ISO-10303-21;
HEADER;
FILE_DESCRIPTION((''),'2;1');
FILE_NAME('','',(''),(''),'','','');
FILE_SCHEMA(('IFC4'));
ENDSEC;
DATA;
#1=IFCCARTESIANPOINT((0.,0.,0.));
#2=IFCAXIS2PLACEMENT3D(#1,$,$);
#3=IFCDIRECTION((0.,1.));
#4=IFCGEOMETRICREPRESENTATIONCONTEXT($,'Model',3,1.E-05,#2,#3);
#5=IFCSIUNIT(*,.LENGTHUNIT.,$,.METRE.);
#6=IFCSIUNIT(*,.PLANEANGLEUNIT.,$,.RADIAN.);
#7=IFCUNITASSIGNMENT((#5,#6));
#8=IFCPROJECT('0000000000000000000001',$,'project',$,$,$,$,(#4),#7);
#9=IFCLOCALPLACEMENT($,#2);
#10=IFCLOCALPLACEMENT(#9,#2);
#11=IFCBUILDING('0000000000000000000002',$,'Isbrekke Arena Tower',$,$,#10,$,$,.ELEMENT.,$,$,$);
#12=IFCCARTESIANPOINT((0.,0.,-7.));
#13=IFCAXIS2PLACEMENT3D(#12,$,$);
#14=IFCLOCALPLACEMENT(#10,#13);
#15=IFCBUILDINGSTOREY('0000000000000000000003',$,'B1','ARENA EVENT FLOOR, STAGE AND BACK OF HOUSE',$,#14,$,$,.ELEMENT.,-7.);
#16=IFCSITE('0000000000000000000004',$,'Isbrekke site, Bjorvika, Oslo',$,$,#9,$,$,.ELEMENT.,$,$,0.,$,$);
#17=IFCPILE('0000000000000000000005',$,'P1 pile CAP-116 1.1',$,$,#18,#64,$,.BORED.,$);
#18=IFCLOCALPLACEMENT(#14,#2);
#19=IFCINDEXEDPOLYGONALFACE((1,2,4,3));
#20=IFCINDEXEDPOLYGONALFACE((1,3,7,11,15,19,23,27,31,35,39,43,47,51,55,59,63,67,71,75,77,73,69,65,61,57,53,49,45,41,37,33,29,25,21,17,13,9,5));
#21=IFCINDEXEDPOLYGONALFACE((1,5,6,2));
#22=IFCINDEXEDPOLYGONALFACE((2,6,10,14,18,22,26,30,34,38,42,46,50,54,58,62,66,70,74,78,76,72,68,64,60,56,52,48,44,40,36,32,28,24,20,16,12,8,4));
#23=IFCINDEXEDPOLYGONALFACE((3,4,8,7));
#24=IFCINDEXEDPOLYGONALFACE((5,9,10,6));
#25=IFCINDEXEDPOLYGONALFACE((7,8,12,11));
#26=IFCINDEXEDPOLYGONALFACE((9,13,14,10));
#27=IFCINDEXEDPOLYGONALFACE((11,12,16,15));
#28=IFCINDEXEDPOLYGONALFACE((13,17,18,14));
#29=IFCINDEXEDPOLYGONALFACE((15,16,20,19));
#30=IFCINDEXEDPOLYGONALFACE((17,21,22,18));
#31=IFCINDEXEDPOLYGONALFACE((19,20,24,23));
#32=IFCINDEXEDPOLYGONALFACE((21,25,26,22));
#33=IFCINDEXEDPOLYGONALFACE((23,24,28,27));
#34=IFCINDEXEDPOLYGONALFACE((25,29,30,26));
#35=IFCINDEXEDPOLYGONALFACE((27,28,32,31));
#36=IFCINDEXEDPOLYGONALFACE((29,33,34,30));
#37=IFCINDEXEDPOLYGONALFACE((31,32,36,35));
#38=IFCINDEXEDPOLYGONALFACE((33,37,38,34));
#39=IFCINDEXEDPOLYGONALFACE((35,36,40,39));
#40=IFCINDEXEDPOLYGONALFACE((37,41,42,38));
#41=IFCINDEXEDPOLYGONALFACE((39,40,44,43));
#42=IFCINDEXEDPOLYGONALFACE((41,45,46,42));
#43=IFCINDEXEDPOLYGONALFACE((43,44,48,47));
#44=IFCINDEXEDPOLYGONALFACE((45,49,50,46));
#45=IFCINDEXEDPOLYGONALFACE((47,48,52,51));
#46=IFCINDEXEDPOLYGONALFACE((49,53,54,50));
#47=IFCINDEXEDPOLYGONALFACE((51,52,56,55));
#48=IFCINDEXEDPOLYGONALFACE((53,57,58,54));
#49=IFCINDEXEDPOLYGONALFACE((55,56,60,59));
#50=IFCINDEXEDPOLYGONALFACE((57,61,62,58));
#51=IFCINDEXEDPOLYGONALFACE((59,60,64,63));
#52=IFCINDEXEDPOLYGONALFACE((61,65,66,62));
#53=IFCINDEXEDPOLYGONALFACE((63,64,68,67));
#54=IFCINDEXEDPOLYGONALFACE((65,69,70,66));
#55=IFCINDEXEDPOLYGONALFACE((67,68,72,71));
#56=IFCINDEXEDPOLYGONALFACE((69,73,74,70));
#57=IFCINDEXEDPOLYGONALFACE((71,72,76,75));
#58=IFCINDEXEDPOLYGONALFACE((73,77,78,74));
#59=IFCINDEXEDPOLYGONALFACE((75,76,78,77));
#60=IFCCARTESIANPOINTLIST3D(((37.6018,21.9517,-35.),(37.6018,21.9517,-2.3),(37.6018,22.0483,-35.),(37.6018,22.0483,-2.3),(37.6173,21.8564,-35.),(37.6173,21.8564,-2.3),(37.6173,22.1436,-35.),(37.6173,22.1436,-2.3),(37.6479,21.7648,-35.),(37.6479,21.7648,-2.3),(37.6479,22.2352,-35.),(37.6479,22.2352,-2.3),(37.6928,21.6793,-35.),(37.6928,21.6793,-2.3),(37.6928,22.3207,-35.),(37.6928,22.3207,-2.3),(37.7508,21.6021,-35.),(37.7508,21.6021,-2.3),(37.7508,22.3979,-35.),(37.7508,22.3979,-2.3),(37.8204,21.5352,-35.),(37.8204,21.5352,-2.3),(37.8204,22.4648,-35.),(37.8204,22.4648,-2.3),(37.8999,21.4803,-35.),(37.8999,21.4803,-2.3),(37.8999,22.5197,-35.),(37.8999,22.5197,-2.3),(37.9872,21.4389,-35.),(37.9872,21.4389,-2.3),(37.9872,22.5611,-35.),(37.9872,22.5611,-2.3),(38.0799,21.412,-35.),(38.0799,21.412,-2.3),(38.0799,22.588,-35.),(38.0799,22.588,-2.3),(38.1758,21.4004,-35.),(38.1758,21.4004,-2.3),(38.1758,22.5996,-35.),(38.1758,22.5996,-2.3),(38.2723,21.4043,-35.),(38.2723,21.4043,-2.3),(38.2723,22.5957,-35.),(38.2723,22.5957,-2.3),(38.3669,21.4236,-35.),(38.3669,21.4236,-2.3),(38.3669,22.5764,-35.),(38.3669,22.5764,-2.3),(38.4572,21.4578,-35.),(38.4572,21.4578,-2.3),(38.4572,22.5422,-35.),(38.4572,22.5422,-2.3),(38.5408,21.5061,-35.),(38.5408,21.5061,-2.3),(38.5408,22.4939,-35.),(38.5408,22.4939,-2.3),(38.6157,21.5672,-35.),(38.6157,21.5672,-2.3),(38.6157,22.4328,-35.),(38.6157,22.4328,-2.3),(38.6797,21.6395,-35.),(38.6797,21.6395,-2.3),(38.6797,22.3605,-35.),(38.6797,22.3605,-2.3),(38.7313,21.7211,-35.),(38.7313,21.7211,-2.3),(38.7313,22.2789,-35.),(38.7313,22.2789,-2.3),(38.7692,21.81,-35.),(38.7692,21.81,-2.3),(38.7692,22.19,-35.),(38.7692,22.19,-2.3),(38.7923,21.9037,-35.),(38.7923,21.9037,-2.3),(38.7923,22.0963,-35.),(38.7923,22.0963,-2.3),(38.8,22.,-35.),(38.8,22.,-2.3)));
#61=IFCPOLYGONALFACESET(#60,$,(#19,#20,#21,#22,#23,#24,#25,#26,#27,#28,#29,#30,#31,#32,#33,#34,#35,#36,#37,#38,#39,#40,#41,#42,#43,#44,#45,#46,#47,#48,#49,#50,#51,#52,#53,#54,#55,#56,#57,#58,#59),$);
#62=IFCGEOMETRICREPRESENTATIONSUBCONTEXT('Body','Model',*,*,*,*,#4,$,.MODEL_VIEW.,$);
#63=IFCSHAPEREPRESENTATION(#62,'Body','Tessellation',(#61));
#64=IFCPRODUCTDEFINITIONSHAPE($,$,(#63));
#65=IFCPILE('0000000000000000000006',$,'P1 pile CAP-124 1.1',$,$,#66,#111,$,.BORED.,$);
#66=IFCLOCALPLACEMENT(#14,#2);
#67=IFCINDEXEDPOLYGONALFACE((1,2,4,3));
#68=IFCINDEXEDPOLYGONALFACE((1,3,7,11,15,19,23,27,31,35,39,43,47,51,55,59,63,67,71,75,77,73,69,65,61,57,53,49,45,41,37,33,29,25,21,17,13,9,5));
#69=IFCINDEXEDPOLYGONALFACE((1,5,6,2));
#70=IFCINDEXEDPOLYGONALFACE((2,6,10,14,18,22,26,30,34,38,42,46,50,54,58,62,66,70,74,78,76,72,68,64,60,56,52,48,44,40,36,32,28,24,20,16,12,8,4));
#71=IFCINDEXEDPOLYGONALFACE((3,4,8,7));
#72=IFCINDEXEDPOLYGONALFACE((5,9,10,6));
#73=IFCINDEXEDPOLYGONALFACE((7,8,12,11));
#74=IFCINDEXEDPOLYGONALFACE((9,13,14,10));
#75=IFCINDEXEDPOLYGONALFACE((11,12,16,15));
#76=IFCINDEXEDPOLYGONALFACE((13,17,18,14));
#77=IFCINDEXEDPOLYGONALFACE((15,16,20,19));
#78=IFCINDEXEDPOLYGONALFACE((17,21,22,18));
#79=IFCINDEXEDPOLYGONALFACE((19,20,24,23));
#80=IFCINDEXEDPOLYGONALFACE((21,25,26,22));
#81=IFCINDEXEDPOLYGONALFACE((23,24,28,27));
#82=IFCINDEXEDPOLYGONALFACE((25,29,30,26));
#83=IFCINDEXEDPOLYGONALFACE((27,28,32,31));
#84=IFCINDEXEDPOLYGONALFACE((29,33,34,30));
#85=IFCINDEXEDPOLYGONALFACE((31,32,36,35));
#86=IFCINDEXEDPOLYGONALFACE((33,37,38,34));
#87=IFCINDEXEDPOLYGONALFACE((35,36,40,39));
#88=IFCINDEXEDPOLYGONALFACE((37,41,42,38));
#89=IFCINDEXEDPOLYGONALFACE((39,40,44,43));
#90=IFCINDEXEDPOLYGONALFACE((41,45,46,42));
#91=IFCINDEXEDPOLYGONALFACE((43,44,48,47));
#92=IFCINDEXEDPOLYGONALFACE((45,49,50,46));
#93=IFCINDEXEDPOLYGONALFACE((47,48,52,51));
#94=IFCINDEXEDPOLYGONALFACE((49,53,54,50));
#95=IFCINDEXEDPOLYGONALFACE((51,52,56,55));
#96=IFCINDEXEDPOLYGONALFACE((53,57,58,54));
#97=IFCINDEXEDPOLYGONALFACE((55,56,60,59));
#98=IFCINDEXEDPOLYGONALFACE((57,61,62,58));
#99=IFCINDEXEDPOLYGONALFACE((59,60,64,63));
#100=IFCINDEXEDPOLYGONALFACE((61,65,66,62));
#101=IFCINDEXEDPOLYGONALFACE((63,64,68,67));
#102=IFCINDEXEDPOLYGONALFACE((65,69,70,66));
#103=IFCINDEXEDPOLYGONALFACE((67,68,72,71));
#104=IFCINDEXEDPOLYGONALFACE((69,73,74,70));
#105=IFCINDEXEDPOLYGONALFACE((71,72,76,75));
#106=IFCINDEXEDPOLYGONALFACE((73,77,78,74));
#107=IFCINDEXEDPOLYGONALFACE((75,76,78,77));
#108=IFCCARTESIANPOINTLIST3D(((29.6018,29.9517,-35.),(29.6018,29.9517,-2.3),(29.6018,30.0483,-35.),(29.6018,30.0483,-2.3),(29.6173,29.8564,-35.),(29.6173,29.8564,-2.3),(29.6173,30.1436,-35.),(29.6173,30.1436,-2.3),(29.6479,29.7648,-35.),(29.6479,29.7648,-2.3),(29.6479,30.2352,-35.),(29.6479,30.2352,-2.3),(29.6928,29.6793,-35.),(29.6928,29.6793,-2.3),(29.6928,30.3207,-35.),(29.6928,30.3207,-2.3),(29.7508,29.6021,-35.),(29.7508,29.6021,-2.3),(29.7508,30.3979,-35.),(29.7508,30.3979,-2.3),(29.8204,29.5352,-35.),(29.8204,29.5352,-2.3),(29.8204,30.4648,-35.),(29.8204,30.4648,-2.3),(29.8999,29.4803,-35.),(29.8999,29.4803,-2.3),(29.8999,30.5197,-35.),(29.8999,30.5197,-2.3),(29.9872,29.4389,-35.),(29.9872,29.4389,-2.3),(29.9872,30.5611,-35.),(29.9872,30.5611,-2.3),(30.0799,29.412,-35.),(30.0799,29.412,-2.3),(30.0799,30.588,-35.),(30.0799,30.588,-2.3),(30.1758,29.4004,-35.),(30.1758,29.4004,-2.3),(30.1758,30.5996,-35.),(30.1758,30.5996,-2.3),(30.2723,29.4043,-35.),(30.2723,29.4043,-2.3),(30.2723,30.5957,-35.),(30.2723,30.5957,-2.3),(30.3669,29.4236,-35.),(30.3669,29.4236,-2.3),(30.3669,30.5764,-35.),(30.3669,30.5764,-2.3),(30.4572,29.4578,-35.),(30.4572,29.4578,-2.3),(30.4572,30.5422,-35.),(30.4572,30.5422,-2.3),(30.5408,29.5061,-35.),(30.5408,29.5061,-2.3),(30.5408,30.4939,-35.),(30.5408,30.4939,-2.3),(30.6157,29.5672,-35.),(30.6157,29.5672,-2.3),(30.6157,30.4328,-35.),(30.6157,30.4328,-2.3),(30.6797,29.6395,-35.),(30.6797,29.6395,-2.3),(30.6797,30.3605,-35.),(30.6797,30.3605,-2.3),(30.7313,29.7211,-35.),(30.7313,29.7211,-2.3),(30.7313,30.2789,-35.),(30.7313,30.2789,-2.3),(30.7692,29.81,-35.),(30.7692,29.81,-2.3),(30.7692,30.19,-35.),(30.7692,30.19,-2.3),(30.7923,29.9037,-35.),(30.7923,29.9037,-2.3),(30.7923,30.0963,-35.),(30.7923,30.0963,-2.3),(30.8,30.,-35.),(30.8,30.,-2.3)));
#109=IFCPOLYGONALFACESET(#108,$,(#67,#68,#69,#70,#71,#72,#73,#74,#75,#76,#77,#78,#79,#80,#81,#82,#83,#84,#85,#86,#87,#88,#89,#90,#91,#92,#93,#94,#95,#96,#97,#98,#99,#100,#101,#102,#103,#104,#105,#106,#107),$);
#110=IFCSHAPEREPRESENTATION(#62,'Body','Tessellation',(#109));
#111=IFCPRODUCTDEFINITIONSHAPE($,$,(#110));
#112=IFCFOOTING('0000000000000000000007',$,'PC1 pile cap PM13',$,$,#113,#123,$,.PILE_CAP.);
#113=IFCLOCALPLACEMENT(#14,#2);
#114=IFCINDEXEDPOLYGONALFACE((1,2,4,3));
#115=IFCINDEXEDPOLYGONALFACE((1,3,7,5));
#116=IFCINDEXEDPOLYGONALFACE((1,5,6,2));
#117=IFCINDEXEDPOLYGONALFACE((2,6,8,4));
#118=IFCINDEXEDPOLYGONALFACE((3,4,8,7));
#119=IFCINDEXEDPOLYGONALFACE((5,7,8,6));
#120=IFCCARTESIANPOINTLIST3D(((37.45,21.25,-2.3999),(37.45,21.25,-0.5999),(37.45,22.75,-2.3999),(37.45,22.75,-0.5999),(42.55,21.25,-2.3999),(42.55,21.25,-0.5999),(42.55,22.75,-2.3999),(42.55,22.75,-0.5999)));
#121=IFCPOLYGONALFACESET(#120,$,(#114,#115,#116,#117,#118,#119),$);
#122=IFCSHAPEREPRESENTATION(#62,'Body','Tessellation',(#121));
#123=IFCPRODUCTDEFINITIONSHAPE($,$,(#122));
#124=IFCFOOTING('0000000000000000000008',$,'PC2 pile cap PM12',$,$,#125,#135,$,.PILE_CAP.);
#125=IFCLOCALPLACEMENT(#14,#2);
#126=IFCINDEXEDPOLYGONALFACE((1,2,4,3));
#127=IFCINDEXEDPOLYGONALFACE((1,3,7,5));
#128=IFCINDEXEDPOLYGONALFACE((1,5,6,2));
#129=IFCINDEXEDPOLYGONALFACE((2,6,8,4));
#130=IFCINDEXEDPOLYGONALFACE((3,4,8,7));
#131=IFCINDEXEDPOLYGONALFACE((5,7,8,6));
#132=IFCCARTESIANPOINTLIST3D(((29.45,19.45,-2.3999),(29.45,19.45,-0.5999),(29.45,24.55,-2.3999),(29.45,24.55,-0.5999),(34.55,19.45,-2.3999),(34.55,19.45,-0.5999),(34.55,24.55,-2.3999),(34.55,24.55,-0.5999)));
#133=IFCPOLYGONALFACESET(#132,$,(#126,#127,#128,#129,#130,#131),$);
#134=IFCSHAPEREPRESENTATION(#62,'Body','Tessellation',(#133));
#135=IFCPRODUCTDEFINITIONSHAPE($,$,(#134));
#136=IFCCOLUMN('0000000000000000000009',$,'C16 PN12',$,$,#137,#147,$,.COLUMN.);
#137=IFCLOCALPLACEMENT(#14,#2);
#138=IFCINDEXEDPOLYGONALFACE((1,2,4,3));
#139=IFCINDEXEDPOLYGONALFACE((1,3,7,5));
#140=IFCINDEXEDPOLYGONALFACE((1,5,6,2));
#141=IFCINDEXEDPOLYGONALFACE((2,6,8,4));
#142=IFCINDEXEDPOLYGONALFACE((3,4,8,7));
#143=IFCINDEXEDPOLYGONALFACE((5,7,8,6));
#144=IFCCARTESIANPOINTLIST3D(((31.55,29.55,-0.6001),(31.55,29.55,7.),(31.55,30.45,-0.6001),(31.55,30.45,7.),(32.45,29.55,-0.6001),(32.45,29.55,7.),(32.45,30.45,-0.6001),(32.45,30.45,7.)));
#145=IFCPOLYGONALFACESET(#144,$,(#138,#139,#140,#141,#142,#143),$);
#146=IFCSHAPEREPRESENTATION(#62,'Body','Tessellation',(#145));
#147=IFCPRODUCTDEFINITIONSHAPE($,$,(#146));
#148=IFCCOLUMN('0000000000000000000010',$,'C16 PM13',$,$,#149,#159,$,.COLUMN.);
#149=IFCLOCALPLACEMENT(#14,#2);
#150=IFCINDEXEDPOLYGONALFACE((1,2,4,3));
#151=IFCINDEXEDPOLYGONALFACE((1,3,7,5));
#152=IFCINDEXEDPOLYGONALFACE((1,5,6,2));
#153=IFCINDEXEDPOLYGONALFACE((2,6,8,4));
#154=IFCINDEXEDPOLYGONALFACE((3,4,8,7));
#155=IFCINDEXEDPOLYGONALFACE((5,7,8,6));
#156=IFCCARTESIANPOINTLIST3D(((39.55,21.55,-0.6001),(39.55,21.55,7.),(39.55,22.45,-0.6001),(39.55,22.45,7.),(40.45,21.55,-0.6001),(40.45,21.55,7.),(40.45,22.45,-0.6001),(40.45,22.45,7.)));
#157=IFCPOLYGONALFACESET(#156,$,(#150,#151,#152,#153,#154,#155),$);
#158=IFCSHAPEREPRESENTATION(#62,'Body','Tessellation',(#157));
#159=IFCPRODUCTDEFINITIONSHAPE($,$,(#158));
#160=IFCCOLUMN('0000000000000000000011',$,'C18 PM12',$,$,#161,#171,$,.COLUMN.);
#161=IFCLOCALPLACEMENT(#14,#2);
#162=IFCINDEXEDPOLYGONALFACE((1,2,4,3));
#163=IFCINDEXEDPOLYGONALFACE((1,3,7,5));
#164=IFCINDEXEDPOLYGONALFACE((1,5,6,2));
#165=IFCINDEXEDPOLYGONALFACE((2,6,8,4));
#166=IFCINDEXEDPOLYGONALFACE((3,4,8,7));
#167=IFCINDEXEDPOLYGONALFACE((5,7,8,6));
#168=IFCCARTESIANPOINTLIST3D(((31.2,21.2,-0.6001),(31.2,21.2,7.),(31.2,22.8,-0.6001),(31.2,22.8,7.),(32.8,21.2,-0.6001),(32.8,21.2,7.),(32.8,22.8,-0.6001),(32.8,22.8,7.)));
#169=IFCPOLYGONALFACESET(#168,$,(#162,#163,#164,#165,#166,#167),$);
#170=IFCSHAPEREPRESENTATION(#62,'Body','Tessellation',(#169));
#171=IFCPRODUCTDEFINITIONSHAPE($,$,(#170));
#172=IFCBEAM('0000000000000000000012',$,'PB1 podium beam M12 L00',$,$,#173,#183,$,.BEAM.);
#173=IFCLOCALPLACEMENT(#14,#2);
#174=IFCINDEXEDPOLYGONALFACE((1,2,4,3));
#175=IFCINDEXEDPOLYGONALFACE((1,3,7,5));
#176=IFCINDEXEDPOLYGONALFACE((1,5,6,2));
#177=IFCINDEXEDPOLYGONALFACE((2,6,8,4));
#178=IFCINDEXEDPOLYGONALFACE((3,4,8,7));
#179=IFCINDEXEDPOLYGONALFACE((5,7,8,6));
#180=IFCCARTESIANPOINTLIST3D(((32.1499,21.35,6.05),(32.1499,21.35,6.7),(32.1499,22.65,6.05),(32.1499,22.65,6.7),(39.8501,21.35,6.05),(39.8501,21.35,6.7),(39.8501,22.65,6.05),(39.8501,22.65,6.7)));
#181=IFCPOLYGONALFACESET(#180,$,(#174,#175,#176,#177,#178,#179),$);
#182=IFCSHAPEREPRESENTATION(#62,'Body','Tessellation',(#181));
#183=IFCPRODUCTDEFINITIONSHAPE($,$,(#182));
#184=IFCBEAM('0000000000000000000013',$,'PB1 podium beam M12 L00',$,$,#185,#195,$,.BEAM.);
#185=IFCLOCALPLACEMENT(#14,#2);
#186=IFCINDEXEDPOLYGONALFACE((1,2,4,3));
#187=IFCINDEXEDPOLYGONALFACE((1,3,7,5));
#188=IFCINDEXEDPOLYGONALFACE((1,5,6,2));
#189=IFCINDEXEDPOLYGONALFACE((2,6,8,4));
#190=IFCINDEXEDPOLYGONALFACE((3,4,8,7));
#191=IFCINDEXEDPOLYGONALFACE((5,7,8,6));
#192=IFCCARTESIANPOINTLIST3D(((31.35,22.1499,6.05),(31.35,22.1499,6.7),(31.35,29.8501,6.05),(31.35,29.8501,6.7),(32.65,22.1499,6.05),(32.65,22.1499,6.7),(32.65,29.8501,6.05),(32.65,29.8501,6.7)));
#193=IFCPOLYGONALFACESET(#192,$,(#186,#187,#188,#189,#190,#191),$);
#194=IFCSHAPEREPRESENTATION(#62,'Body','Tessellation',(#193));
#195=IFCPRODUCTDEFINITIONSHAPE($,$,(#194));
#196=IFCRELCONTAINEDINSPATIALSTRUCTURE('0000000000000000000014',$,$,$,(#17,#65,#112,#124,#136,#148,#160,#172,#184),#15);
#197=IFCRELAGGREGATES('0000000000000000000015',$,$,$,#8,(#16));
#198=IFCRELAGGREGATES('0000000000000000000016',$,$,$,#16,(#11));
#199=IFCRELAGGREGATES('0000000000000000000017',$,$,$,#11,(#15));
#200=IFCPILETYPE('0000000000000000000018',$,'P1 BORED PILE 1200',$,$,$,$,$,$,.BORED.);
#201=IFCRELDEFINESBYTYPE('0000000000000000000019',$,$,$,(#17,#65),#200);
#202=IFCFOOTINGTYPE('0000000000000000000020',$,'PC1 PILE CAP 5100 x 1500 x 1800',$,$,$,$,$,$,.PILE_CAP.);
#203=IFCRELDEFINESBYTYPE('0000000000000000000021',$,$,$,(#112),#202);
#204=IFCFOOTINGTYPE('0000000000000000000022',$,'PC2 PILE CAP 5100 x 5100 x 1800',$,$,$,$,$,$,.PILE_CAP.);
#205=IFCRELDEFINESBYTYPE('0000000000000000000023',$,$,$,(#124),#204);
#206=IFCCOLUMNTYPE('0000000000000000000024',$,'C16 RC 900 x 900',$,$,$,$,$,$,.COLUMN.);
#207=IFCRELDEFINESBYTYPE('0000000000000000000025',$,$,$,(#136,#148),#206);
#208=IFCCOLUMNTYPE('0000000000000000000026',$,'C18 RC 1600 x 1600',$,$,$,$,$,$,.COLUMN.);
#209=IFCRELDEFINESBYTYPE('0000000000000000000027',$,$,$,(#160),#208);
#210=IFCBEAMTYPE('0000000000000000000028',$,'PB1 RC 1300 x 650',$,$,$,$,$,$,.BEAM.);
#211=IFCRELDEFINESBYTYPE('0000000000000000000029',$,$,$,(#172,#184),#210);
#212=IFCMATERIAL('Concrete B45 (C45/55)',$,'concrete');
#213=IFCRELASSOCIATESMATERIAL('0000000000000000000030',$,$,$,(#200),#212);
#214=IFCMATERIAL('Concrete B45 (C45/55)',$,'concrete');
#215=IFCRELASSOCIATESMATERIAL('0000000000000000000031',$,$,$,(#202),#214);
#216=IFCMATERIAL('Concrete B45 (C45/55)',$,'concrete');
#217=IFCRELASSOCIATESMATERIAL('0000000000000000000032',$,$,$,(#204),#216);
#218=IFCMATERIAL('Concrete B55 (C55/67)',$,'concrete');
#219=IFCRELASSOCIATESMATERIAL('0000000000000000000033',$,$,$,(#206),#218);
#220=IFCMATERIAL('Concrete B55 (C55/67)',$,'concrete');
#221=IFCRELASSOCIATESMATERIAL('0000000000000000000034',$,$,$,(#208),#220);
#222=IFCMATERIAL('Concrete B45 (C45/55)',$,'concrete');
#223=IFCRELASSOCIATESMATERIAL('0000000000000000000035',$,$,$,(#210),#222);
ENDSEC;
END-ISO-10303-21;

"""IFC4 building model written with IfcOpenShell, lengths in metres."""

from ifc_helpers import new_model, si_unit, direction, frame, origin, origin_2d, place, context, subcontext, project, spatial, rectangle, circle, extrude, material, material_profile, profile_set, type_object, element, save


model = new_model("IFC4")

# Units and contexts
model_context = context("Model", 3, precision=1e-05, world=origin(), true_north=direction((0.0, 1.0)))
body_context = subcontext(model_context, "Body", "Model", "MODEL_VIEW")
ifc_project = project(units=[si_unit("LENGTHUNIT", "METRE"), si_unit("PLANEANGLEUNIT", "RADIAN")], contexts=[model_context])

# Site, building, storey
site_placement = place(None, origin())
site = spatial("IfcSite", under=ifc_project, at=site_placement, Name="Isbrekke site, Bjorvika, Oslo", CompositionType="ELEMENT", RefElevation=0.0)
building_placement = place(site_placement, origin())
building = spatial("IfcBuilding", under=site, at=building_placement, Name="Isbrekke Arena Tower", CompositionType="ELEMENT")
storey_placement = place(building_placement, frame((0.0, 0.0, -7.0)))
storey = spatial("IfcBuildingStorey", under=building, at=storey_placement, Name="B1", Description="ARENA EVENT FLOOR, STAGE AND BACK OF HOUSE", CompositionType="ELEMENT", Elevation=-7.0)

# Piles
ifc_material_1 = material(Name="Concrete B45 (C45/55)", Category="concrete")
ifc_material_profile_1 = material_profile(ifc_material_1, circle(Radius=0.6001, at=origin_2d()), Name="BORED PILE D1200")
ifc_profile_set_1 = profile_set([ifc_material_profile_1], Name="Concrete B45 (C45/55)")
pile_type = type_object("IfcPileType", Name="P1 BORED PILE 1200", PredefinedType="BORED", material=ifc_profile_set_1)
for number, where, z_axis, x_axis, name in (
    (1, (38.2, 22.0, -2.3), (0.0, 0.0, -1.0), (1.0, 0.0, 0.0), "P1 pile CAP-116 1.1"),
    (2, (30.2, 30.0, -2.3), (0.0, 0.0, -1.0), (1.0, 0.0, 0.0), "P1 pile CAP-124 1.1"),
):
    element("IfcPile", number, at=place(storey_placement, frame(where, z_axis=z_axis, x_axis=x_axis)), inside=storey, type_object=pile_type, Name=name, PredefinedType="BORED", context=body_context, shape_type="SweptSolid", body=[
        extrude(circle(Radius=0.6001, at=origin_2d()), origin(), (0.0, 0.0, 1.0), 32.7),
    ])

# Footings
ifc_material_2 = material(Name="Concrete B45 (C45/55)", Category="concrete")
footing_type_1 = type_object("IfcFootingType", Name="PC1 PILE CAP 5100 x 1500 x 1800", PredefinedType="PILE_CAP", material=ifc_material_2)
footing_1_placement = place(storey_placement, frame((40.0, 22.0, -2.3999), z_axis=(0.0, 0.0, 1.0), x_axis=(1.0, 0.0, 0.0)))
element("IfcFooting", 3, at=footing_1_placement, inside=storey, type_object=footing_type_1, Name="PC1 pile cap PM13", PredefinedType="PILE_CAP", context=body_context, shape_type="SweptSolid", body=[
    extrude(rectangle(XDim=5.1001, YDim=1.5, at=origin_2d()), origin(), (0.0, 0.0, 1.0), 1.8),
])
ifc_material_3 = material(Name="Concrete B45 (C45/55)", Category="concrete")
footing_type_2 = type_object("IfcFootingType", Name="PC2 PILE CAP 5100 x 5100 x 1800", PredefinedType="PILE_CAP", material=ifc_material_3)
footing_2_placement = place(storey_placement, frame((32.0, 22.0, -2.3999), z_axis=(0.0, 0.0, 1.0), x_axis=(1.0, 0.0, 0.0)))
element("IfcFooting", 4, at=footing_2_placement, inside=storey, type_object=footing_type_2, Name="PC2 pile cap PM12", PredefinedType="PILE_CAP", context=body_context, shape_type="SweptSolid", body=[
    extrude(rectangle(XDim=5.1001, YDim=5.1001, at=origin_2d()), origin(), (0.0, 0.0, 1.0), 1.8),
])

# Columns
ifc_material_4 = material(Name="Concrete B55 (C55/67)", Category="concrete")
ifc_material_profile_2 = material_profile(ifc_material_4, rectangle(XDim=0.8999, YDim=0.8999, at=origin_2d()), Name="RC 900x900")
ifc_profile_set_2 = profile_set([ifc_material_profile_2], Name="Concrete B55 (C55/67)")
column_type_1 = type_object("IfcColumnType", Name="C16 RC 900 x 900", PredefinedType="COLUMN", material=ifc_profile_set_2)
for number, where, z_axis, x_axis, name in (
    (5, (32.0, 30.0, -0.6001), (0.0, 0.0, 1.0), (1.0, 0.0, 0.0), "C16 PN12"),
    (6, (40.0, 22.0, -0.6001), (0.0, 0.0, 1.0), (1.0, 0.0, 0.0), "C16 PM13"),
):
    element("IfcColumn", number, at=place(storey_placement, frame(where, z_axis=z_axis, x_axis=x_axis)), inside=storey, type_object=column_type_1, Name=name, PredefinedType="COLUMN", context=body_context, shape_type="SweptSolid", body=[
        extrude(rectangle(XDim=0.8999, YDim=0.8999, at=origin_2d()), origin(), (0.0, 0.0, 1.0), 7.6001),
    ])
ifc_material_5 = material(Name="Concrete B55 (C55/67)", Category="concrete")
ifc_material_profile_3 = material_profile(ifc_material_5, rectangle(XDim=1.6001, YDim=1.6001, at=origin_2d()), Name="RC 1600x1600")
ifc_profile_set_3 = profile_set([ifc_material_profile_3], Name="Concrete B55 (C55/67)")
column_type_2 = type_object("IfcColumnType", Name="C18 RC 1600 x 1600", PredefinedType="COLUMN", material=ifc_profile_set_3)
column_placement = place(storey_placement, frame((32.0, 22.0, -0.6001), z_axis=(0.0, 0.0, 1.0), x_axis=(1.0, 0.0, 0.0)))
element("IfcColumn", 7, at=column_placement, inside=storey, type_object=column_type_2, Name="C18 PM12", PredefinedType="COLUMN", context=body_context, shape_type="SweptSolid", body=[
    extrude(rectangle(XDim=1.6001, YDim=1.6001, at=origin_2d()), origin(), (0.0, 0.0, 1.0), 7.6001),
])

# Beams
ifc_material_6 = material(Name="Concrete B45 (C45/55)", Category="concrete")
ifc_material_profile_4 = material_profile(ifc_material_6, rectangle(XDim=1.3, YDim=0.6499, at=origin_2d()), Name="RC 1300x650")
ifc_profile_set_4 = profile_set([ifc_material_profile_4], Name="Concrete B45 (C45/55)")
beam_type = type_object("IfcBeamType", Name="PB1 RC 1300 x 650", PredefinedType="BEAM", material=ifc_profile_set_4)
for number, where, z_axis, x_axis, name in (
    (8, (32.1499, 22.0, 6.375), (1.0, 0.0, 0.0), (0.0, 1.0, 0.0), "PB1 podium beam M12 L00"),
    (9, (32.0, 22.1499, 6.375), (0.0, 1.0, 0.0), (-1.0, 0.0, 0.0), "PB1 podium beam M12 L00"),
):
    element("IfcBeam", number, at=place(storey_placement, frame(where, z_axis=z_axis, x_axis=x_axis)), inside=storey, type_object=beam_type, Name=name, PredefinedType="BEAM", context=body_context, shape_type="SweptSolid", body=[
        extrude(rectangle(XDim=1.3, YDim=0.6499, at=origin_2d()), origin(), (0.0, 0.0, 1.0), 7.7002),
    ])

save(model, "model.ifc")
